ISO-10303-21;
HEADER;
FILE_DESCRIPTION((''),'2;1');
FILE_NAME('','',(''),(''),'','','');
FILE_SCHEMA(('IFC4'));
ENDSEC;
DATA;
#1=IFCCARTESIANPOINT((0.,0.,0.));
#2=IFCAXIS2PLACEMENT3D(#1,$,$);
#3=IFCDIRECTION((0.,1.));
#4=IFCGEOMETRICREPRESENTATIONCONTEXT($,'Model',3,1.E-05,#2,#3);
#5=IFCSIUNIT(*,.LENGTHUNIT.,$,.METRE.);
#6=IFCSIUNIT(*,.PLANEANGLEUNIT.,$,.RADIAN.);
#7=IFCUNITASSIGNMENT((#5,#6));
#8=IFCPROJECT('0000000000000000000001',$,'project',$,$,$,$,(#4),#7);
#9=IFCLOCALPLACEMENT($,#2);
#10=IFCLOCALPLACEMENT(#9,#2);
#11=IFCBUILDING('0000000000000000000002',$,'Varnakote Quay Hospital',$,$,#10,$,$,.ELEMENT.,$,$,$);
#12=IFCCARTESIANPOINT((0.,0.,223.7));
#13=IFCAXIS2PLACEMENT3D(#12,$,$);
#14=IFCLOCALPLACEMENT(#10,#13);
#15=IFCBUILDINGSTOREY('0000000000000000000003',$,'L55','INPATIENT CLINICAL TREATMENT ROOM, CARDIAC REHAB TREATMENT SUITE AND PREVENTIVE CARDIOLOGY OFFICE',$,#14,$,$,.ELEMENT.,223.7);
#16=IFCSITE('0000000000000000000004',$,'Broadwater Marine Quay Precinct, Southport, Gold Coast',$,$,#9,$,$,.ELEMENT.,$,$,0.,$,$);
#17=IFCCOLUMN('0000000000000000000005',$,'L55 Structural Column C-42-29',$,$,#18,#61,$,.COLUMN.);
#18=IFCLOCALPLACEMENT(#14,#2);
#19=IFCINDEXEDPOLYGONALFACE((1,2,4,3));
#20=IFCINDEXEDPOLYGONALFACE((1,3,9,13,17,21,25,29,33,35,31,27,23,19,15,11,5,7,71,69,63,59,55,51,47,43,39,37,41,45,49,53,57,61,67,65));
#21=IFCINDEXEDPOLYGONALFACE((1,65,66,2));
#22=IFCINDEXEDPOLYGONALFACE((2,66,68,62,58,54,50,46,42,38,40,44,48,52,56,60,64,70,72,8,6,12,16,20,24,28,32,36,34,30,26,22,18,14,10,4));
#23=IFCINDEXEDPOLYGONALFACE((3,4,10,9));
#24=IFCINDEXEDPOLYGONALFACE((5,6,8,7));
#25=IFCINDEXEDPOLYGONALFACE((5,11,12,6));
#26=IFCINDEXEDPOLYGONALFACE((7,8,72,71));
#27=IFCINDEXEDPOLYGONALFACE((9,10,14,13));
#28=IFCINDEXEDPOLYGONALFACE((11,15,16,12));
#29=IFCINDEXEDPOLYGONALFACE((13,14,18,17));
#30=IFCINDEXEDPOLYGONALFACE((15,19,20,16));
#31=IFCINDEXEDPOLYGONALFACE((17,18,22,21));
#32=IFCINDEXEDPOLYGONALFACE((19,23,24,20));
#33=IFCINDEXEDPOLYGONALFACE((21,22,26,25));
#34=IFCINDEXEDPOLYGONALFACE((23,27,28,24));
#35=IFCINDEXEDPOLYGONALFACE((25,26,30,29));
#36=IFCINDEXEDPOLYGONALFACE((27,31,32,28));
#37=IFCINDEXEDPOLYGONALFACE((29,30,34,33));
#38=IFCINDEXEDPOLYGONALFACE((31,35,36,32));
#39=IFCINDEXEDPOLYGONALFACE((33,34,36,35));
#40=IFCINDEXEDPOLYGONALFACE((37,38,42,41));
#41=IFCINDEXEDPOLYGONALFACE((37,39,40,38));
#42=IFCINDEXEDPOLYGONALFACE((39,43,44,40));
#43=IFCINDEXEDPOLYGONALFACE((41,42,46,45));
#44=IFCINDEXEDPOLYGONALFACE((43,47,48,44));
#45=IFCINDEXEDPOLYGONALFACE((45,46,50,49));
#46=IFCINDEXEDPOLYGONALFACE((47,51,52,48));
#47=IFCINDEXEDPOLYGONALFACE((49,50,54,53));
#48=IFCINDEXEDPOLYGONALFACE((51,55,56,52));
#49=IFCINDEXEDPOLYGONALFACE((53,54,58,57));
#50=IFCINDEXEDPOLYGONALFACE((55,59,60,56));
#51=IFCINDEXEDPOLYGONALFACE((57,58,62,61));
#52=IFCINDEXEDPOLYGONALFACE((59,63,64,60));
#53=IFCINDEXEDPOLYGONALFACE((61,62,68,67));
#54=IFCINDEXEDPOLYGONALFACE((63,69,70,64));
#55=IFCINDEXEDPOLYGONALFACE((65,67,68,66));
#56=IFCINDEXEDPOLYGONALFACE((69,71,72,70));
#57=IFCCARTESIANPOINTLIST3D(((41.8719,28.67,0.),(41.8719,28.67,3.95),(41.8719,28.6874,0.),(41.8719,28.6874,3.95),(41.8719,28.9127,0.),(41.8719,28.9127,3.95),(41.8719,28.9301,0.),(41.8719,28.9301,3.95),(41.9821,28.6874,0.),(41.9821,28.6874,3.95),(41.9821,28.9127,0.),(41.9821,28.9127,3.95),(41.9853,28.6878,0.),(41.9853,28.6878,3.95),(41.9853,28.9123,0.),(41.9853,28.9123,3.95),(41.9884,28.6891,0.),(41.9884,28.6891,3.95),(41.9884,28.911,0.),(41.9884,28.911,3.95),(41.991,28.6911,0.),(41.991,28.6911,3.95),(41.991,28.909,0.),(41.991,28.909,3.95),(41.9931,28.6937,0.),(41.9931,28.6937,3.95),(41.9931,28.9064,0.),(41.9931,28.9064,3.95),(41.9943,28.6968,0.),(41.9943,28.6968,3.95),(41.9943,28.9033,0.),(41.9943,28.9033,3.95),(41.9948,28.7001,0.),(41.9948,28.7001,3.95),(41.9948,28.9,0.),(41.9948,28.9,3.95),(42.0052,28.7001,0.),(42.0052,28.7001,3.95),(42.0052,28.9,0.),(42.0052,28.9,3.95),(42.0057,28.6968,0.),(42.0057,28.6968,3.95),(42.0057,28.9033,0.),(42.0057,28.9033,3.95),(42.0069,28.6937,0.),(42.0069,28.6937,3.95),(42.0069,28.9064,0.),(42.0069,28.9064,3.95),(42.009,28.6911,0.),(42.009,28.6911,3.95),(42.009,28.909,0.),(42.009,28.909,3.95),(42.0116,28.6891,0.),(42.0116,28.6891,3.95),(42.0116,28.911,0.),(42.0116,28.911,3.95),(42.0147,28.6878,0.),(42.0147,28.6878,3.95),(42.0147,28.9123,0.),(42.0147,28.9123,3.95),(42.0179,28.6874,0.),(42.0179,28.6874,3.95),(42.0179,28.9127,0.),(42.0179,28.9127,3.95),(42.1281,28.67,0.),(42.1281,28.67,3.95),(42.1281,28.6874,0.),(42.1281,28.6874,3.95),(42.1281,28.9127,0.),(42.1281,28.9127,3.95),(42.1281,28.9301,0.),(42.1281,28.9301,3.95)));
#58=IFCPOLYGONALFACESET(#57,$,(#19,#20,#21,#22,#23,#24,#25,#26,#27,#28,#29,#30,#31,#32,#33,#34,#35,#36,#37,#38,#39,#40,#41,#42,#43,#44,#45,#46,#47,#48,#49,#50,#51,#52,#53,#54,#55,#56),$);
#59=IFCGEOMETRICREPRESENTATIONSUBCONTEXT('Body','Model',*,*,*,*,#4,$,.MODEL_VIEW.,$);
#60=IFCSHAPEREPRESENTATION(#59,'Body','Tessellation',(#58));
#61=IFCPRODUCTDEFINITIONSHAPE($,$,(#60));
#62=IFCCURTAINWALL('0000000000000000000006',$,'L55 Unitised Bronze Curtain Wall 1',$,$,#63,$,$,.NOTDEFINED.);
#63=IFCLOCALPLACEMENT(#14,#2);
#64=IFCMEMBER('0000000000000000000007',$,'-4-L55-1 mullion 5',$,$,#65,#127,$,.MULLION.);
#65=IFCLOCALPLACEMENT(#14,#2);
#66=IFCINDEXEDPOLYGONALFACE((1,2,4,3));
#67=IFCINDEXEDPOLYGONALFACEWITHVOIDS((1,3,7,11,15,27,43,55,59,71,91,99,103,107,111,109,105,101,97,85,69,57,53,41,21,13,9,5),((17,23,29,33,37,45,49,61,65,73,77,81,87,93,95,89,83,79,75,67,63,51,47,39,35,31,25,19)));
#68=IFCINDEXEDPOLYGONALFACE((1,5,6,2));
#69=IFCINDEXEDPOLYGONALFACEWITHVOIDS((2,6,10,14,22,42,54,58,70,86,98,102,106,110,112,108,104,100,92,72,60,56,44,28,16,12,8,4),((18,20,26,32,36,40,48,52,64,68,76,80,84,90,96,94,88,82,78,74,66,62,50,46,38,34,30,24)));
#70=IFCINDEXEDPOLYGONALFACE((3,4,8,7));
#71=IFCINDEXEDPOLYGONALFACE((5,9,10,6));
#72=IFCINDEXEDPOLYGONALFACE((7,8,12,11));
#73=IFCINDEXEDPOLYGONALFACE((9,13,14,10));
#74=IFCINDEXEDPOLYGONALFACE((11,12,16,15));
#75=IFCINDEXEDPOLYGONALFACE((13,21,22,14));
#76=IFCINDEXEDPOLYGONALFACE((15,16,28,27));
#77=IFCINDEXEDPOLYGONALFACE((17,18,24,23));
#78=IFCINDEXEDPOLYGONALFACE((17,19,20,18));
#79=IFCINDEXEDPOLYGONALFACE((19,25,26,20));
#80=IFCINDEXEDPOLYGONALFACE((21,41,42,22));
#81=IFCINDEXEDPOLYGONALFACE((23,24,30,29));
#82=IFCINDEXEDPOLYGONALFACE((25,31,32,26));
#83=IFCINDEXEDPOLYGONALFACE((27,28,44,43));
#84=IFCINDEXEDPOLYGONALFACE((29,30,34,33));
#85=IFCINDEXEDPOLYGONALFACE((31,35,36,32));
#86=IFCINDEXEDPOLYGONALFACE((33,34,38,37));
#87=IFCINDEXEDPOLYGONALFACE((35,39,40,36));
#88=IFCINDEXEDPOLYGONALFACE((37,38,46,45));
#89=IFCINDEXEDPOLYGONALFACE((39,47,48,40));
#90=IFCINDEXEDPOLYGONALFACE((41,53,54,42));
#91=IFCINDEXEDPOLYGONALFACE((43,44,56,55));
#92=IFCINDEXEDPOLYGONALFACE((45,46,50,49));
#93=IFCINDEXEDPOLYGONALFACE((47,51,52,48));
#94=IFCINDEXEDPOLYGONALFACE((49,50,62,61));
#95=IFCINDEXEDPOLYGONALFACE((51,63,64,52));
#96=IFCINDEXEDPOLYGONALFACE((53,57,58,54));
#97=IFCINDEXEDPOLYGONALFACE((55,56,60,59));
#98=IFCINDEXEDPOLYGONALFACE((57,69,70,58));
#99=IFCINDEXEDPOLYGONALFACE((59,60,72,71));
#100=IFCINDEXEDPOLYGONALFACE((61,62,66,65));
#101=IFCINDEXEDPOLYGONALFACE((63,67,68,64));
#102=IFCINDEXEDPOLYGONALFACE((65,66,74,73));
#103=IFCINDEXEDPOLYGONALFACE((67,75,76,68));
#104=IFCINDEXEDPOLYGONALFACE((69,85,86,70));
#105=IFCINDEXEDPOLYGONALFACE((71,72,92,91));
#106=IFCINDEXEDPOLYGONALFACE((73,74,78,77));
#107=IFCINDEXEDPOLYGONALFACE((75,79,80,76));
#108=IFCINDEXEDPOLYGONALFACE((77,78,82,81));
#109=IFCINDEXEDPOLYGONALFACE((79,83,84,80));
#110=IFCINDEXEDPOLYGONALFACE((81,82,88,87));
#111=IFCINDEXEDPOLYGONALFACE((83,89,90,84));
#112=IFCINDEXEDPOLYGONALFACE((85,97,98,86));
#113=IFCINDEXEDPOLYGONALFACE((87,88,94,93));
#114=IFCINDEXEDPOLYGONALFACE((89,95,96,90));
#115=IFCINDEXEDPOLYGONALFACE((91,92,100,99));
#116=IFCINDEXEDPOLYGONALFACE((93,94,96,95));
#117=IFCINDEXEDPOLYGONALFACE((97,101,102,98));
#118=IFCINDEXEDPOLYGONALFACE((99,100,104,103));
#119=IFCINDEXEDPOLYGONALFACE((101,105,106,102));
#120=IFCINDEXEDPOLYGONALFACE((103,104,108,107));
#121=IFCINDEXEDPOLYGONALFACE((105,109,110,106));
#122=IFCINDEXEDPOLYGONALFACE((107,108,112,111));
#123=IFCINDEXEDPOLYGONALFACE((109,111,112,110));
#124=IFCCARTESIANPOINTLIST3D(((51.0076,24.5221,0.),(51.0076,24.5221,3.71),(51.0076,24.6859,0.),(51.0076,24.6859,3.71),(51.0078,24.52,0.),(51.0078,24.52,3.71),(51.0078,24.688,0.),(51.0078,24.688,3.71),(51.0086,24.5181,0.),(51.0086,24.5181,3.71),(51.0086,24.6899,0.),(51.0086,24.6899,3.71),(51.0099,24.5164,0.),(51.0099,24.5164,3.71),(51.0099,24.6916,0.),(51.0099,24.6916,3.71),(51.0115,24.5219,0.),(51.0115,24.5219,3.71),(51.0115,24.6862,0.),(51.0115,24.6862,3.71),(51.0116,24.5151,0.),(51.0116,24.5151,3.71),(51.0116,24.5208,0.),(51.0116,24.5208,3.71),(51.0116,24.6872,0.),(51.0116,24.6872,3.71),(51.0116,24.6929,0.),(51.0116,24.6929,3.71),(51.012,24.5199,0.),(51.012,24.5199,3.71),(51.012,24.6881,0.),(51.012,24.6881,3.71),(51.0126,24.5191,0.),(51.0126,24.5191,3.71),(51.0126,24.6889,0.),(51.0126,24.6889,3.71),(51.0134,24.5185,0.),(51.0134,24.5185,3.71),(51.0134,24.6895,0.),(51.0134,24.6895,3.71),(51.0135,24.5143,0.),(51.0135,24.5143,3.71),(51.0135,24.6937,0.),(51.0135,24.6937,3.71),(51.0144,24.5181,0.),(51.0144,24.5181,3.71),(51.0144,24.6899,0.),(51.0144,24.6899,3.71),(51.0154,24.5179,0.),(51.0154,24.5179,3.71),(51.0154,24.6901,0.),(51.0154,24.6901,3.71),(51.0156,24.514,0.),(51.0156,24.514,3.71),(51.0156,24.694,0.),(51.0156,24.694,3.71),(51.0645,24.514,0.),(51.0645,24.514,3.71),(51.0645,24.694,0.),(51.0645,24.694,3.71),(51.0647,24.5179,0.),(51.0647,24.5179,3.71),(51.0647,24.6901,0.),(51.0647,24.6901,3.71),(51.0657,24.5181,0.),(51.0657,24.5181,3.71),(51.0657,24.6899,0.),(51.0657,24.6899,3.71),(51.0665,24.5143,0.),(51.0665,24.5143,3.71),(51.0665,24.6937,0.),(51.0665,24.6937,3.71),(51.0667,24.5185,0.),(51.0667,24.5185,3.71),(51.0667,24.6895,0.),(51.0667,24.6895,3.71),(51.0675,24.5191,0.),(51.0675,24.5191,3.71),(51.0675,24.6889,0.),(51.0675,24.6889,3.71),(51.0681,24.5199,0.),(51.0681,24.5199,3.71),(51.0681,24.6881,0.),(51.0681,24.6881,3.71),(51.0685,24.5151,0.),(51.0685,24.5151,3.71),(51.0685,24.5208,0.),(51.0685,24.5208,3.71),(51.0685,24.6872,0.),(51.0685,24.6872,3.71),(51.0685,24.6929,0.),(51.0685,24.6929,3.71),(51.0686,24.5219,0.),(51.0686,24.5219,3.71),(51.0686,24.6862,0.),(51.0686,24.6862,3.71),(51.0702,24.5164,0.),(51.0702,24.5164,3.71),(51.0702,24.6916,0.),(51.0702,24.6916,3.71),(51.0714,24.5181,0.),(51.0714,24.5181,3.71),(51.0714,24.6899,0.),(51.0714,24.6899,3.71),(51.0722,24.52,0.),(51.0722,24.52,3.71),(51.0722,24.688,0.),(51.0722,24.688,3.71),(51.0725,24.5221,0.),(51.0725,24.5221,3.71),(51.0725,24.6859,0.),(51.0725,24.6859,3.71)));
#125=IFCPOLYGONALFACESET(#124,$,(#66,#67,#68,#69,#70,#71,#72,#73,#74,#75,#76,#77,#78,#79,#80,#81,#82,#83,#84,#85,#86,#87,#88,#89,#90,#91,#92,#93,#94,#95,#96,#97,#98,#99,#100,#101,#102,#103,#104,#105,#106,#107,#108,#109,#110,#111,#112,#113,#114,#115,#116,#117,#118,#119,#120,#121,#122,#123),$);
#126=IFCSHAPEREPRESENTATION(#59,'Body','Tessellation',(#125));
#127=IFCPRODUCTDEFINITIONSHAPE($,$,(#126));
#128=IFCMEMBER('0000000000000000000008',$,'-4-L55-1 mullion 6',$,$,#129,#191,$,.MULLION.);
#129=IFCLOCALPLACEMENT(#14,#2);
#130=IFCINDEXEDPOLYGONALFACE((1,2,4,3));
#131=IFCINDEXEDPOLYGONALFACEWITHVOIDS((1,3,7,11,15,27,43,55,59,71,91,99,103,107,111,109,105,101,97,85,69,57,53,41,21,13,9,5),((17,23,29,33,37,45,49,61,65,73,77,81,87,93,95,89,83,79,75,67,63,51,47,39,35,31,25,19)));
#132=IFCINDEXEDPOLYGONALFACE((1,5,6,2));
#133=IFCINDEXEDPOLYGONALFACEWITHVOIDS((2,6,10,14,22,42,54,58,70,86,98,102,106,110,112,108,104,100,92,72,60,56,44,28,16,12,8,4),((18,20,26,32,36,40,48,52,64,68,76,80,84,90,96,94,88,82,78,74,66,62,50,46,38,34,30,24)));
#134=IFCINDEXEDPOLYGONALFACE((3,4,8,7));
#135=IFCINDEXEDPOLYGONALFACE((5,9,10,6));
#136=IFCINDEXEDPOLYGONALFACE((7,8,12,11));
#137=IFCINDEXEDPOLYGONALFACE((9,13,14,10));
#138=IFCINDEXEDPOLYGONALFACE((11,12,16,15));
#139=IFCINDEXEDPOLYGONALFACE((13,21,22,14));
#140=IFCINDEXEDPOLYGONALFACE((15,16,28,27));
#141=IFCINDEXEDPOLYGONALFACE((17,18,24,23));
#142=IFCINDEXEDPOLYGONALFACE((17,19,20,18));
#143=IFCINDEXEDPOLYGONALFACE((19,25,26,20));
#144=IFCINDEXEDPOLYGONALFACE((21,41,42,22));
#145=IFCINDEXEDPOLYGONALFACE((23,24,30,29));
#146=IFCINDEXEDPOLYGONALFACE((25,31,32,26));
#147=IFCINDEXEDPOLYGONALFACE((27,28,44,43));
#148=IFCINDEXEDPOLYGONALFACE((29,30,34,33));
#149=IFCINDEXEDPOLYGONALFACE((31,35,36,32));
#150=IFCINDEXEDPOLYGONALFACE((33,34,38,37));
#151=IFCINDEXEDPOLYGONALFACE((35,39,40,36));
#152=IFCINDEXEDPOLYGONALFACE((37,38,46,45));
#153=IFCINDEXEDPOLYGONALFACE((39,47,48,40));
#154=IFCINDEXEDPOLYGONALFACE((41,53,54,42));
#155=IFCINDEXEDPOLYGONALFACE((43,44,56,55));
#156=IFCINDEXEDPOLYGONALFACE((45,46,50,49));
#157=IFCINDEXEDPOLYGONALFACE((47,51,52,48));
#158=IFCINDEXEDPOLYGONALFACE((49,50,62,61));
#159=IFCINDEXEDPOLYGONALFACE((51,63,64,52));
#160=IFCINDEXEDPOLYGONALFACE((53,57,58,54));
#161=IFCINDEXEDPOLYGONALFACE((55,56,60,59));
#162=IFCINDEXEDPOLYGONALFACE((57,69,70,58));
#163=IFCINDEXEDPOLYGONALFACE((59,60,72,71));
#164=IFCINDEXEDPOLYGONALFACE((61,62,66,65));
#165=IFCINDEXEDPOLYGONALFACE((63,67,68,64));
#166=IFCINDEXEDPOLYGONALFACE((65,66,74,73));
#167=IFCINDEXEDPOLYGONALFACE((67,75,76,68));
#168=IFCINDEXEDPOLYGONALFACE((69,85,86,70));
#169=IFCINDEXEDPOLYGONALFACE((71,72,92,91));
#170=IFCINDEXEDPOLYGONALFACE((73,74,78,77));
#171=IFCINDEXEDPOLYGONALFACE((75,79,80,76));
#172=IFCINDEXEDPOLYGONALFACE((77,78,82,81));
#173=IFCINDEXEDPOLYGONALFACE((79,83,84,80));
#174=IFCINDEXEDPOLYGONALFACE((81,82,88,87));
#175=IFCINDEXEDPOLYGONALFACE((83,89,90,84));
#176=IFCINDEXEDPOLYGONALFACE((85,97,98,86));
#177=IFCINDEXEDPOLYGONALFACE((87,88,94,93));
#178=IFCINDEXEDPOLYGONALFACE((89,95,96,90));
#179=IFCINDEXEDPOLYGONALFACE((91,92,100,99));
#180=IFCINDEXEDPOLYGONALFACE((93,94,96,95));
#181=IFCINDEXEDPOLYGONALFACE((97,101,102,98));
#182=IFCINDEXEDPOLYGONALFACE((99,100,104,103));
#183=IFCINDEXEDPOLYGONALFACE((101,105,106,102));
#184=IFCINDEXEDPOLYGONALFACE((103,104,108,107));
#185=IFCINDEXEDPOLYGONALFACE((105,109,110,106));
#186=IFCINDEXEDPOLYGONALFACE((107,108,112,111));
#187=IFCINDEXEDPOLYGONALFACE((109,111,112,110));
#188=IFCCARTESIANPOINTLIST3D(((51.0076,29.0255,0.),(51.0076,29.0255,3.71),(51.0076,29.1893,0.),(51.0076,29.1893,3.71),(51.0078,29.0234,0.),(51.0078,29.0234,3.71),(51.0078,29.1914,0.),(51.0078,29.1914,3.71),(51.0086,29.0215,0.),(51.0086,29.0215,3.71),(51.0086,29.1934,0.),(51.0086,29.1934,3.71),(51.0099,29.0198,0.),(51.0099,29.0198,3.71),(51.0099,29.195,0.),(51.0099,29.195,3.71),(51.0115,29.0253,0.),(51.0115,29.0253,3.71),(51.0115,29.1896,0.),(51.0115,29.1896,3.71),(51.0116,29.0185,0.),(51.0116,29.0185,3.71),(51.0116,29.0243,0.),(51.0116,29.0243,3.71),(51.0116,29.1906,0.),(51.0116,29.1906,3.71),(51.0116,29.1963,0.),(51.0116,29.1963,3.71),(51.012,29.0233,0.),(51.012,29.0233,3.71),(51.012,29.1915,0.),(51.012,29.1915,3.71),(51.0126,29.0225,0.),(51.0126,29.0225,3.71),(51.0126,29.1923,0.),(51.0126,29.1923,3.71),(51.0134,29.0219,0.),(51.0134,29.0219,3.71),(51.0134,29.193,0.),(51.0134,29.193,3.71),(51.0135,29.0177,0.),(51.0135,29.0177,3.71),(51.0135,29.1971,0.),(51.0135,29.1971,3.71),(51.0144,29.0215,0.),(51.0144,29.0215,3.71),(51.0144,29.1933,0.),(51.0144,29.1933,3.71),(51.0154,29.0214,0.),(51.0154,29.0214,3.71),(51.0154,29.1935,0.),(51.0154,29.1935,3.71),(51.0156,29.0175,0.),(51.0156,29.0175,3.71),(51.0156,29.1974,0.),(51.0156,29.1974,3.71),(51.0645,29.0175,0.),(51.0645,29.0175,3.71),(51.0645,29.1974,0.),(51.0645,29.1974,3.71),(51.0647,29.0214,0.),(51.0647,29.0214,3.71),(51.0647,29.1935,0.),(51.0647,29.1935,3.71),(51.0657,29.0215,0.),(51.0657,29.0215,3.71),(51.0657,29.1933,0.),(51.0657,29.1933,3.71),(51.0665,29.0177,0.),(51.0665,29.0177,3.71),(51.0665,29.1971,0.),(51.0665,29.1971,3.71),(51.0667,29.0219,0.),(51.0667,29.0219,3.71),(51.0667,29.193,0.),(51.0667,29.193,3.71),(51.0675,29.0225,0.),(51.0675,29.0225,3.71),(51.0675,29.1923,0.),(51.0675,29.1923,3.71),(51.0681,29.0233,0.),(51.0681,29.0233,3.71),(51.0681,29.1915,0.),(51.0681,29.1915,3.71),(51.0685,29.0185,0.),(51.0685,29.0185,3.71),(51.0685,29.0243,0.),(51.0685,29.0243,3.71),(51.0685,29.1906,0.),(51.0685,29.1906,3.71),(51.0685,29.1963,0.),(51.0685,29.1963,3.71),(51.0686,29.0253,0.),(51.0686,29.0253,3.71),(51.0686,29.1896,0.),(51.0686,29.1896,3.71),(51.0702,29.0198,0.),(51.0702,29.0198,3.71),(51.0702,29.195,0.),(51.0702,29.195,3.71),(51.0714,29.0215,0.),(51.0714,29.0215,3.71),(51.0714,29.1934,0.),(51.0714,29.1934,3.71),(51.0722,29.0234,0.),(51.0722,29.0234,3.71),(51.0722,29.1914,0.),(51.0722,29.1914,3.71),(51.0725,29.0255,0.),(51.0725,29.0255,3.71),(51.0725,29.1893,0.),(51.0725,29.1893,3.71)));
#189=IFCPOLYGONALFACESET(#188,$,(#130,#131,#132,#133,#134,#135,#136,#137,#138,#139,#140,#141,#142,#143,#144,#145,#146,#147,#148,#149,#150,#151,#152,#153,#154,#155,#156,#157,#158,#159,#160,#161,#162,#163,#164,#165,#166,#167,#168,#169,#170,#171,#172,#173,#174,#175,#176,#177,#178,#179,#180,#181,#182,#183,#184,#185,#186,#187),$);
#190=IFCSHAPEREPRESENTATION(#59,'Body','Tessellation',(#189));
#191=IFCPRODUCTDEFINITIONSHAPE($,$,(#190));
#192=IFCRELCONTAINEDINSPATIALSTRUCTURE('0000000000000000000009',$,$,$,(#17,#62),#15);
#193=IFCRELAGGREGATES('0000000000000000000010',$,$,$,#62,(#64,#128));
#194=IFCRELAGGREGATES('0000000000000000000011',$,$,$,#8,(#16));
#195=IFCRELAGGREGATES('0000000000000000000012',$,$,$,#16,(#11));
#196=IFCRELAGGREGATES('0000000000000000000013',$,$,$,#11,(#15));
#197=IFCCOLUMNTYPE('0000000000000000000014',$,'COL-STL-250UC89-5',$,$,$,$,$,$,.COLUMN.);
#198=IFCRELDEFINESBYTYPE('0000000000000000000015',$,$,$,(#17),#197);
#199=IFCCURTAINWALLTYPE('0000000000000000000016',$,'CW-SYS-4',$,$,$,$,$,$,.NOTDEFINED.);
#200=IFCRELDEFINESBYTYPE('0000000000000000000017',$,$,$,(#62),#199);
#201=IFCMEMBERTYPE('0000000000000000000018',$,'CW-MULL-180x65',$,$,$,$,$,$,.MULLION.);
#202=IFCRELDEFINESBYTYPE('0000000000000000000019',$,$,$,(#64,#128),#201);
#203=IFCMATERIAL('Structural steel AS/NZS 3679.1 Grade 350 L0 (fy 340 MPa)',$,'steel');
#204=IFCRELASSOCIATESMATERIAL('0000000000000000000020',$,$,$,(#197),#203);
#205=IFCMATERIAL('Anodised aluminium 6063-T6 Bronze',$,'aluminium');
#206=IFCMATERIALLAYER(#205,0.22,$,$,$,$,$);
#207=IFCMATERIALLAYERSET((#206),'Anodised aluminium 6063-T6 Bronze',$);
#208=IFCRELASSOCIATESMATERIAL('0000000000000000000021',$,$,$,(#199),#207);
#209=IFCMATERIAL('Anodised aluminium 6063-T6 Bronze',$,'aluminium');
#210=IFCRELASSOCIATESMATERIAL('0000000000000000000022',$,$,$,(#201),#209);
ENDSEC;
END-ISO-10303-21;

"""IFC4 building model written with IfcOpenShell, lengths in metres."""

from ifc_helpers import new_model, si_unit, direction, frame, origin, origin_2d, place, context, subcontext, project, spatial, hollow_rectangle, i_section, extrude, material, layer, layer_set, material_profile, profile_set, type_object, element, aggregate, save


model = new_model("IFC4")

# Units and contexts
model_context = context("Model", 3, precision=1e-05, world=origin(), true_north=direction((0.0, 1.0)))
body_context = subcontext(model_context, "Body", "Model", "MODEL_VIEW")
ifc_project = project(units=[si_unit("LENGTHUNIT", "METRE"), si_unit("PLANEANGLEUNIT", "RADIAN")], contexts=[model_context])

# Site, building, storey
site_placement = place(None, origin())
site = spatial("IfcSite", under=ifc_project, at=site_placement, Name="Broadwater Marine Quay Precinct, Southport, Gold Coast", CompositionType="ELEMENT", RefElevation=0.0)
building_placement = place(site_placement, origin())
building = spatial("IfcBuilding", under=site, at=building_placement, Name="Varnakote Quay Hospital", CompositionType="ELEMENT")
storey_placement = place(building_placement, frame((0.0, 0.0, 223.7)))
storey = spatial("IfcBuildingStorey", under=building, at=storey_placement, Name="L55", Description="INPATIENT CLINICAL TREATMENT ROOM, CARDIAC REHAB TREATMENT SUITE AND PREVENTIVE CARDIOLOGY OFFICE", CompositionType="ELEMENT", Elevation=223.7)

# Column
ifc_material_1 = material(Name="Structural steel AS/NZS 3679.1 Grade 350 L0 (fy 340 MPa)", Category="steel")
ifc_material_profile_1 = material_profile(ifc_material_1, i_section(OverallWidth=0.2561, OverallDepth=0.26, WebThickness=0.0105, FlangeThickness=0.0173, FilletRadius=0.0127, at=origin_2d()), Name="250UC89.5")
ifc_profile_set_1 = profile_set([ifc_material_profile_1], Name="Structural steel AS/NZS 3679.1 Grade 350 L0 (fy 340 MPa)")
column_type = type_object("IfcColumnType", Name="COL-STL-250UC89-5", PredefinedType="COLUMN", material=ifc_profile_set_1)
column_placement = place(storey_placement, frame((42.0, 28.8, 0.0), z_axis=(0.0, 0.0, 1.0), x_axis=(1.0, 0.0, 0.0)))
element("IfcColumn", 1, at=column_placement, inside=storey, type_object=column_type, Name="L55 Structural Column C-42-29", PredefinedType="COLUMN", context=body_context, shape_type="SweptSolid", body=[
    extrude(i_section(OverallWidth=0.2561, OverallDepth=0.26, WebThickness=0.0105, FlangeThickness=0.0173, FilletRadius=0.0127, at=origin_2d()), origin(), (0.0, 0.0, 1.0), 3.95),
])

# Curtain wall, members
ifc_material_2 = material(Name="Anodised aluminium 6063-T6 Bronze", Category="aluminium")
ifc_layer_1 = layer(ifc_material_2, 0.22)
ifc_layer_set_1 = layer_set([ifc_layer_1], Name="Anodised aluminium 6063-T6 Bronze")
curtain_wall_type = type_object("IfcCurtainWallType", Name="CW-SYS-4", PredefinedType="NOTDEFINED", material=ifc_layer_set_1)
curtain_wall_placement = place(storey_placement, origin())
curtain_wall = element("IfcCurtainWall", 2, at=curtain_wall_placement, inside=storey, type_object=curtain_wall_type, Name="L55 Unitised Bronze Curtain Wall 1", PredefinedType="NOTDEFINED")
ifc_material_3 = material(Name="Anodised aluminium 6063-T6 Bronze", Category="aluminium")
ifc_material_profile_2 = material_profile(ifc_material_3, hollow_rectangle(XDim=0.0649, YDim=0.1799, WallThickness=0.0039, InnerFilletRadius=0.0039, OuterFilletRadius=0.0081, at=origin_2d()), Name="CW-MULL-180x65")
ifc_profile_set_2 = profile_set([ifc_material_profile_2], Name="Anodised aluminium 6063-T6 Bronze")
member_type_1 = type_object("IfcMemberType", Name="CW-MULL-180x65", PredefinedType="MULLION", material=ifc_profile_set_2)
member_1_placement = place(storey_placement, frame((51.04, 24.604, 0.0), z_axis=(0.0, 0.0, 1.0), x_axis=(-1.0, 0.0, 0.0)))
member_1 = element("IfcMember", 3, at=member_1_placement, type_object=member_type_1, Name="-4-L55-1 mullion 5", PredefinedType="MULLION", context=body_context, shape_type="SweptSolid", body=[
    extrude(hollow_rectangle(XDim=0.0649, YDim=0.1799, WallThickness=0.0039, InnerFilletRadius=0.0039, OuterFilletRadius=0.0081, at=origin_2d()), origin(), (0.0, 0.0, 1.0), 3.71),
])
member_2_placement = place(storey_placement, frame((51.04, 29.1074, 0.0), z_axis=(0.0, 0.0, 1.0), x_axis=(-1.0, 0.0, 0.0)))
member_2 = element("IfcMember", 4, at=member_2_placement, type_object=member_type_1, Name="-4-L55-1 mullion 6", PredefinedType="MULLION", context=body_context, shape_type="SweptSolid", body=[
    extrude(hollow_rectangle(XDim=0.0649, YDim=0.1799, WallThickness=0.0039, InnerFilletRadius=0.0039, OuterFilletRadius=0.0081, at=origin_2d()), origin(), (0.0, 0.0, 1.0), 3.71),
])
aggregate(curtain_wall, [member_1, member_2])

save(model, "model.ifc")
